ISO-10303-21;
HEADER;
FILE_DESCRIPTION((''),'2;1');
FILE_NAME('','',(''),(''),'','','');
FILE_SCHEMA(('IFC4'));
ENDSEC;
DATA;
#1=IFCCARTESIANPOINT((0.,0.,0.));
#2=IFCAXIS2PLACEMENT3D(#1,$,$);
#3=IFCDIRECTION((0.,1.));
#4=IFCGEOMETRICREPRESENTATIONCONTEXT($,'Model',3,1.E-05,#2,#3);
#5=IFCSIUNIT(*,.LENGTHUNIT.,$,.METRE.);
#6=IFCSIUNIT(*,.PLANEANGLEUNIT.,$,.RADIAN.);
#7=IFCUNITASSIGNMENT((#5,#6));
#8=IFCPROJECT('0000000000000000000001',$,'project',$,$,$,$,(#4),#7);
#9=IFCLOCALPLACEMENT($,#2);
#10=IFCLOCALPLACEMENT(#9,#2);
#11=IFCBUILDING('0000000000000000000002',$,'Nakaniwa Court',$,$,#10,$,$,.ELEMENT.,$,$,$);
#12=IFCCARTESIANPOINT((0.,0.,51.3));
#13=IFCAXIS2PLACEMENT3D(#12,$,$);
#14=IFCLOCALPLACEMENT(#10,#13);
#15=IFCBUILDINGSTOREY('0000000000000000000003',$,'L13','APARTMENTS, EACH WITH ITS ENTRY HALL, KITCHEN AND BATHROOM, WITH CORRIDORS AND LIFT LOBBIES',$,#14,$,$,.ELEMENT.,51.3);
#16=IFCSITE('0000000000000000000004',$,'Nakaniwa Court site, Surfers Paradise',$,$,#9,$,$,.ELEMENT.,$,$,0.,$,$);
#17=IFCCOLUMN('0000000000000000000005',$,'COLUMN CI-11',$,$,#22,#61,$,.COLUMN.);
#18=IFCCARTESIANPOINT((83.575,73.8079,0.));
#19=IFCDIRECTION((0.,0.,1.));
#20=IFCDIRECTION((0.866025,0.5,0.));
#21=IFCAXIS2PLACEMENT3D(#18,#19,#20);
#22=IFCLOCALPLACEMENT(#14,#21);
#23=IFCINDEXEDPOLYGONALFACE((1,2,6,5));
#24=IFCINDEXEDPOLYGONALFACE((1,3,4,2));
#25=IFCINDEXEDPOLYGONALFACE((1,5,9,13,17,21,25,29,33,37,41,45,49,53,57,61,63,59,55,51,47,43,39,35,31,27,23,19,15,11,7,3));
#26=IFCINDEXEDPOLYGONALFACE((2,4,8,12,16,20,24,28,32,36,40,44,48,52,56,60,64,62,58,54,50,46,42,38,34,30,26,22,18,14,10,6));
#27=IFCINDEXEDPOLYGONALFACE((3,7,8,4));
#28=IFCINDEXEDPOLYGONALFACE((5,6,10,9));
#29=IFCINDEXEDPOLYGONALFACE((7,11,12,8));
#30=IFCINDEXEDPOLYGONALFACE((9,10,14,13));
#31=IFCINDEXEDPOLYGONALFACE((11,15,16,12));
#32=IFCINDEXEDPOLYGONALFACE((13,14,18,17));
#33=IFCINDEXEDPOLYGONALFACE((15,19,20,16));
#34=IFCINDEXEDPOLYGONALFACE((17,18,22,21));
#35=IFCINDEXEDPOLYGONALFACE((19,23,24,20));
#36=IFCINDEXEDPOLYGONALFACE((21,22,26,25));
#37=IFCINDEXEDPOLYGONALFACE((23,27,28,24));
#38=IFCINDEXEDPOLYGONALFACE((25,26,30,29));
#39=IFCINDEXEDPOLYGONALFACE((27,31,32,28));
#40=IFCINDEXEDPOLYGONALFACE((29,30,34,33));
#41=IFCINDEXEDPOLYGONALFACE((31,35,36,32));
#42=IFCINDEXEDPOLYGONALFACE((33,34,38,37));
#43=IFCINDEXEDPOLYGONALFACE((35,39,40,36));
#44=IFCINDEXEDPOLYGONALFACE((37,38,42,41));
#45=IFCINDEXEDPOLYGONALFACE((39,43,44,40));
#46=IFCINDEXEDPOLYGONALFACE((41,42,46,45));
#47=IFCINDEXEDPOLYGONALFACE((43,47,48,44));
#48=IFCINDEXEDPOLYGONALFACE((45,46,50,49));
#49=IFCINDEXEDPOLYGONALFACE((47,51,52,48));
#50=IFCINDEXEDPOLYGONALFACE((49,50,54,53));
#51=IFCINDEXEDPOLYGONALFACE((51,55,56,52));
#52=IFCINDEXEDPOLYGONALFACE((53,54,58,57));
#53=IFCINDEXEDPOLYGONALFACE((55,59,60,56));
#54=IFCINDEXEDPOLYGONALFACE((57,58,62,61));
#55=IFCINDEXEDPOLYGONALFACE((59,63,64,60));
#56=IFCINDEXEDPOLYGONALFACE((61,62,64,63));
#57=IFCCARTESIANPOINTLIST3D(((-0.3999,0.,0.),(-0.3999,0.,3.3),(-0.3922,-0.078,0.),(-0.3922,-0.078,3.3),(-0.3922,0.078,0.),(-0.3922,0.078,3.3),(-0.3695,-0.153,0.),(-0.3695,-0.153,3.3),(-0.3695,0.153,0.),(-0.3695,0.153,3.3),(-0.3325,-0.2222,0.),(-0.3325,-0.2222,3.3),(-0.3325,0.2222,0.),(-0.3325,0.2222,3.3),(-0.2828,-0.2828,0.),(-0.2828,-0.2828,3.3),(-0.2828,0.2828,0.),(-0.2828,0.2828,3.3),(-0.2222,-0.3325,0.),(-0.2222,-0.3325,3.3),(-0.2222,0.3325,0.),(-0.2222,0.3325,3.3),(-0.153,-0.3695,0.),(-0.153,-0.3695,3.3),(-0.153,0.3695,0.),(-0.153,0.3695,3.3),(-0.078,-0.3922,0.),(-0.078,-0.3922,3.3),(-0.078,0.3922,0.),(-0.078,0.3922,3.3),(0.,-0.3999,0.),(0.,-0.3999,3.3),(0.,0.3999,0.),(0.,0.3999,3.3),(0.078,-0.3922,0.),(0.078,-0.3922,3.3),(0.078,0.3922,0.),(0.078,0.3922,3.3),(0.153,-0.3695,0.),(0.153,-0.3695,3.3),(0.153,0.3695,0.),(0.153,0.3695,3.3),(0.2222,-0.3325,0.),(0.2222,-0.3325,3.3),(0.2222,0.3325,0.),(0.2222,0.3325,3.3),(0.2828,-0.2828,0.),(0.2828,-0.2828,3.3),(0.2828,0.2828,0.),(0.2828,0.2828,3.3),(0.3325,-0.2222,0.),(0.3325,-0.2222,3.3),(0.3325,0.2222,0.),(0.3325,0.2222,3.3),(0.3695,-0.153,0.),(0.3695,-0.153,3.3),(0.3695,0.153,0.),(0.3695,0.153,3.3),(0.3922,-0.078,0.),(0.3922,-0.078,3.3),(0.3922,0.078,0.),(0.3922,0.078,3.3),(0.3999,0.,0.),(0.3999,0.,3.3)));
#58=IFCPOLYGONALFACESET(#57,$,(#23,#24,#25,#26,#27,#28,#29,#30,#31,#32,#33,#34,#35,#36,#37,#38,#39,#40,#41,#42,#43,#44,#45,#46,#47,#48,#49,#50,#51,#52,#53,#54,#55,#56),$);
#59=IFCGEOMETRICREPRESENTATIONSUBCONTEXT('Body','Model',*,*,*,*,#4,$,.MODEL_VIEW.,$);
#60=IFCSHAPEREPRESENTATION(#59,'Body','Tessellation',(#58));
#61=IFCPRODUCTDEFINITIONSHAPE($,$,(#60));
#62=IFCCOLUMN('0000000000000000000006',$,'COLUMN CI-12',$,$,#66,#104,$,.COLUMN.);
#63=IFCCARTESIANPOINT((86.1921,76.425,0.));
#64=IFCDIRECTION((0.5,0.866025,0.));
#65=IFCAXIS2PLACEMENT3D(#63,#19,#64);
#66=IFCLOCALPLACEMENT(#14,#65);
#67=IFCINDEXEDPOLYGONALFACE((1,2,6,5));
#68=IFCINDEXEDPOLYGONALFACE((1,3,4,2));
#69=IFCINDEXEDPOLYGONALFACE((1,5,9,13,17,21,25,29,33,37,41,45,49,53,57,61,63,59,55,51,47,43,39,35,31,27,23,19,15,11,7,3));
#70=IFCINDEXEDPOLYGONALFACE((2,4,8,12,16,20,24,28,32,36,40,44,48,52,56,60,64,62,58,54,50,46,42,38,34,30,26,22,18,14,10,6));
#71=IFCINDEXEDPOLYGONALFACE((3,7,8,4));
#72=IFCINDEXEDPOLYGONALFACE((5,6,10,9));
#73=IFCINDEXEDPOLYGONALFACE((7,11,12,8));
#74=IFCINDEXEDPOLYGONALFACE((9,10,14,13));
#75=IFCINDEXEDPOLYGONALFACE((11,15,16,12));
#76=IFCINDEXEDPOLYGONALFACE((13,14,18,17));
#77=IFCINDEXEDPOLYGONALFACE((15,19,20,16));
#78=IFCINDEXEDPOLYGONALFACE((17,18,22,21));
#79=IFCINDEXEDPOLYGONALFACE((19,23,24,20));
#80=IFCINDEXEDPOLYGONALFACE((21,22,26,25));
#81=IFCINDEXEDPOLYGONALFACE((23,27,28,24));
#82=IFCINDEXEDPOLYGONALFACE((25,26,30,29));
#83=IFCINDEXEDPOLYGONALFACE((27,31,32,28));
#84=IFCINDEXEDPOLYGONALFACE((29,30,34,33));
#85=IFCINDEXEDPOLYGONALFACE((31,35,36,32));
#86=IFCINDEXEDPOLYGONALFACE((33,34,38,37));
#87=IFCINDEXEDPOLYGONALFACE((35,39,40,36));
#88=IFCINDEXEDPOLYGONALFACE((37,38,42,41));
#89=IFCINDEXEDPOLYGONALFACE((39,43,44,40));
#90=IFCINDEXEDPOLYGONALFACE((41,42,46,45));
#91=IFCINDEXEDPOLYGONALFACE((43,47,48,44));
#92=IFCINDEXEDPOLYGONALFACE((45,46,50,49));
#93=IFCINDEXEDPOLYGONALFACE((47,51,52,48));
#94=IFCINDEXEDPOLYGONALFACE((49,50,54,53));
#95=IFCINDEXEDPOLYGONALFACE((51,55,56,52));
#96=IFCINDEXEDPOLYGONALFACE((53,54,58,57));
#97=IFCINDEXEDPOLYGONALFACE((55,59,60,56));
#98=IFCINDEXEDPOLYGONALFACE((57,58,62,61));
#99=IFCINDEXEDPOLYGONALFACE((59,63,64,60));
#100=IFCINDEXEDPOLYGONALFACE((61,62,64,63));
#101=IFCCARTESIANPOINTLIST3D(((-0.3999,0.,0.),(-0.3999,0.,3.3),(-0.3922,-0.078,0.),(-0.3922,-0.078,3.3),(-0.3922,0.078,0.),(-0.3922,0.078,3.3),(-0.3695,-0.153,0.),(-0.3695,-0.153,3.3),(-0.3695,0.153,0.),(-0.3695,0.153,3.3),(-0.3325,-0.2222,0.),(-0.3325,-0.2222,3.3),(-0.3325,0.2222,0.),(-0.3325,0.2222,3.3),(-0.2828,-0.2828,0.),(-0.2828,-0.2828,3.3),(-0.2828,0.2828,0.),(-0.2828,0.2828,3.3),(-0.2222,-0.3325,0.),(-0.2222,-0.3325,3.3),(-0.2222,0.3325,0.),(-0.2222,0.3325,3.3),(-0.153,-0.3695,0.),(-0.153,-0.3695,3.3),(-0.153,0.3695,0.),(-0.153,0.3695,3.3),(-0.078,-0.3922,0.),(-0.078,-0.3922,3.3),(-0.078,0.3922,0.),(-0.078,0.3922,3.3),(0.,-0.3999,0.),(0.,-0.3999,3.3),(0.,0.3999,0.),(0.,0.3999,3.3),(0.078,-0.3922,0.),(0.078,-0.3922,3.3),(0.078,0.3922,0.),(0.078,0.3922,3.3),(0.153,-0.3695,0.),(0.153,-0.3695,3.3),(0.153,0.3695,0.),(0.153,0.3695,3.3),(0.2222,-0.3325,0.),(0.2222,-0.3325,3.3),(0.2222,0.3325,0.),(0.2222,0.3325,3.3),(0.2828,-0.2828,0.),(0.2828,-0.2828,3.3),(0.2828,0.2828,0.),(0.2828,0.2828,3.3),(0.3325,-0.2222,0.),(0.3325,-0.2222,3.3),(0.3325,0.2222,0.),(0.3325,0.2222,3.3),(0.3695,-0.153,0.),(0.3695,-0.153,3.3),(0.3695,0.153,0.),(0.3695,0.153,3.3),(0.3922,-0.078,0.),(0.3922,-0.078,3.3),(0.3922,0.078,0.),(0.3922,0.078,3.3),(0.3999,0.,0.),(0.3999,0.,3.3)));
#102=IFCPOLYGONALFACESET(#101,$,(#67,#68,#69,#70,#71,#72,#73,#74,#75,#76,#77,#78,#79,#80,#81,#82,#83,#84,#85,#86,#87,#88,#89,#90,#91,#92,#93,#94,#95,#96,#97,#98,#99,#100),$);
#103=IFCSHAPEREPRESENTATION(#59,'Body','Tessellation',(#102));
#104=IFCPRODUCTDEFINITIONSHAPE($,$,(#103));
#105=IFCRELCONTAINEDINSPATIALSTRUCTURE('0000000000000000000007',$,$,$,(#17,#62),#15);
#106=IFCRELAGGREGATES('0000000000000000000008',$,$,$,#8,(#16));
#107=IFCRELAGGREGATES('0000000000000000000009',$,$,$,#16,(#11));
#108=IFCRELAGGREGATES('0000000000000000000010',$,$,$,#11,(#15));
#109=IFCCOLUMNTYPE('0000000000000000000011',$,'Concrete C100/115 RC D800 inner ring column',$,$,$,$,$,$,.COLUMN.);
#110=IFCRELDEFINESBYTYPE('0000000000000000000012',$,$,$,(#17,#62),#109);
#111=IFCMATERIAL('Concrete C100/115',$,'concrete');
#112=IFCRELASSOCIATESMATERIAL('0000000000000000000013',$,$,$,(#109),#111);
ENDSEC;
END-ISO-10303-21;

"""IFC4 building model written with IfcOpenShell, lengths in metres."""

from ifc_helpers import new_model, si_unit, direction, frame, origin, origin_2d, place, context, subcontext, project, spatial, circle, extrude, material, material_profile, profile_set, type_object, element, save


model = new_model("IFC4")

# Units and contexts
model_context = context("Model", 3, precision=1e-05, world=origin(), true_north=direction((0.0, 1.0)))
body_context = subcontext(model_context, "Body", "Model", "MODEL_VIEW")
ifc_project = project(units=[si_unit("LENGTHUNIT", "METRE"), si_unit("PLANEANGLEUNIT", "RADIAN")], contexts=[model_context])

# Site, building, storey
site_placement = place(None, origin())
site = spatial("IfcSite", under=ifc_project, at=site_placement, Name="Nakaniwa Court site, Surfers Paradise", CompositionType="ELEMENT", RefElevation=0.0)
building_placement = place(site_placement, origin())
building = spatial("IfcBuilding", under=site, at=building_placement, Name="Nakaniwa Court", CompositionType="ELEMENT")
storey_placement = place(building_placement, frame((0.0, 0.0, 51.3)))
storey = spatial("IfcBuildingStorey", under=building, at=storey_placement, Name="L13", Description="APARTMENTS, EACH WITH ITS ENTRY HALL, KITCHEN AND BATHROOM, WITH CORRIDORS AND LIFT LOBBIES", CompositionType="ELEMENT", Elevation=51.3)

# Columns
ifc_material_1 = material(Name="Concrete C100/115", Category="concrete")
ifc_material_profile_1 = material_profile(ifc_material_1, circle(Radius=0.3999, at=origin_2d()), Name="Concrete C100/115 RC D800 inner ring column")
ifc_profile_set_1 = profile_set([ifc_material_profile_1], Name="Concrete C100/115")
column_type = type_object("IfcColumnType", Name="Concrete C100/115 RC D800 inner ring column", PredefinedType="COLUMN", material=ifc_profile_set_1)
for number, where, z_axis, x_axis, name in (
    (1, (83.575, 73.8079, 0.0), (0.0, 0.0, 1.0), (0.866025, 0.5, 0.0), "COLUMN CI-11"),
    (2, (86.1921, 76.425, 0.0), (0.0, 0.0, 1.0), (0.5, 0.866025, 0.0), "COLUMN CI-12"),
):
    element("IfcColumn", number, at=place(storey_placement, frame(where, z_axis=z_axis, x_axis=x_axis)), inside=storey, type_object=column_type, Name=name, PredefinedType="COLUMN", context=body_context, shape_type="SweptSolid", body=[
        extrude(circle(Radius=0.3999, at=origin_2d()), origin(), (0.0, 0.0, 1.0), 3.3),
    ])

save(model, "model.ifc")
